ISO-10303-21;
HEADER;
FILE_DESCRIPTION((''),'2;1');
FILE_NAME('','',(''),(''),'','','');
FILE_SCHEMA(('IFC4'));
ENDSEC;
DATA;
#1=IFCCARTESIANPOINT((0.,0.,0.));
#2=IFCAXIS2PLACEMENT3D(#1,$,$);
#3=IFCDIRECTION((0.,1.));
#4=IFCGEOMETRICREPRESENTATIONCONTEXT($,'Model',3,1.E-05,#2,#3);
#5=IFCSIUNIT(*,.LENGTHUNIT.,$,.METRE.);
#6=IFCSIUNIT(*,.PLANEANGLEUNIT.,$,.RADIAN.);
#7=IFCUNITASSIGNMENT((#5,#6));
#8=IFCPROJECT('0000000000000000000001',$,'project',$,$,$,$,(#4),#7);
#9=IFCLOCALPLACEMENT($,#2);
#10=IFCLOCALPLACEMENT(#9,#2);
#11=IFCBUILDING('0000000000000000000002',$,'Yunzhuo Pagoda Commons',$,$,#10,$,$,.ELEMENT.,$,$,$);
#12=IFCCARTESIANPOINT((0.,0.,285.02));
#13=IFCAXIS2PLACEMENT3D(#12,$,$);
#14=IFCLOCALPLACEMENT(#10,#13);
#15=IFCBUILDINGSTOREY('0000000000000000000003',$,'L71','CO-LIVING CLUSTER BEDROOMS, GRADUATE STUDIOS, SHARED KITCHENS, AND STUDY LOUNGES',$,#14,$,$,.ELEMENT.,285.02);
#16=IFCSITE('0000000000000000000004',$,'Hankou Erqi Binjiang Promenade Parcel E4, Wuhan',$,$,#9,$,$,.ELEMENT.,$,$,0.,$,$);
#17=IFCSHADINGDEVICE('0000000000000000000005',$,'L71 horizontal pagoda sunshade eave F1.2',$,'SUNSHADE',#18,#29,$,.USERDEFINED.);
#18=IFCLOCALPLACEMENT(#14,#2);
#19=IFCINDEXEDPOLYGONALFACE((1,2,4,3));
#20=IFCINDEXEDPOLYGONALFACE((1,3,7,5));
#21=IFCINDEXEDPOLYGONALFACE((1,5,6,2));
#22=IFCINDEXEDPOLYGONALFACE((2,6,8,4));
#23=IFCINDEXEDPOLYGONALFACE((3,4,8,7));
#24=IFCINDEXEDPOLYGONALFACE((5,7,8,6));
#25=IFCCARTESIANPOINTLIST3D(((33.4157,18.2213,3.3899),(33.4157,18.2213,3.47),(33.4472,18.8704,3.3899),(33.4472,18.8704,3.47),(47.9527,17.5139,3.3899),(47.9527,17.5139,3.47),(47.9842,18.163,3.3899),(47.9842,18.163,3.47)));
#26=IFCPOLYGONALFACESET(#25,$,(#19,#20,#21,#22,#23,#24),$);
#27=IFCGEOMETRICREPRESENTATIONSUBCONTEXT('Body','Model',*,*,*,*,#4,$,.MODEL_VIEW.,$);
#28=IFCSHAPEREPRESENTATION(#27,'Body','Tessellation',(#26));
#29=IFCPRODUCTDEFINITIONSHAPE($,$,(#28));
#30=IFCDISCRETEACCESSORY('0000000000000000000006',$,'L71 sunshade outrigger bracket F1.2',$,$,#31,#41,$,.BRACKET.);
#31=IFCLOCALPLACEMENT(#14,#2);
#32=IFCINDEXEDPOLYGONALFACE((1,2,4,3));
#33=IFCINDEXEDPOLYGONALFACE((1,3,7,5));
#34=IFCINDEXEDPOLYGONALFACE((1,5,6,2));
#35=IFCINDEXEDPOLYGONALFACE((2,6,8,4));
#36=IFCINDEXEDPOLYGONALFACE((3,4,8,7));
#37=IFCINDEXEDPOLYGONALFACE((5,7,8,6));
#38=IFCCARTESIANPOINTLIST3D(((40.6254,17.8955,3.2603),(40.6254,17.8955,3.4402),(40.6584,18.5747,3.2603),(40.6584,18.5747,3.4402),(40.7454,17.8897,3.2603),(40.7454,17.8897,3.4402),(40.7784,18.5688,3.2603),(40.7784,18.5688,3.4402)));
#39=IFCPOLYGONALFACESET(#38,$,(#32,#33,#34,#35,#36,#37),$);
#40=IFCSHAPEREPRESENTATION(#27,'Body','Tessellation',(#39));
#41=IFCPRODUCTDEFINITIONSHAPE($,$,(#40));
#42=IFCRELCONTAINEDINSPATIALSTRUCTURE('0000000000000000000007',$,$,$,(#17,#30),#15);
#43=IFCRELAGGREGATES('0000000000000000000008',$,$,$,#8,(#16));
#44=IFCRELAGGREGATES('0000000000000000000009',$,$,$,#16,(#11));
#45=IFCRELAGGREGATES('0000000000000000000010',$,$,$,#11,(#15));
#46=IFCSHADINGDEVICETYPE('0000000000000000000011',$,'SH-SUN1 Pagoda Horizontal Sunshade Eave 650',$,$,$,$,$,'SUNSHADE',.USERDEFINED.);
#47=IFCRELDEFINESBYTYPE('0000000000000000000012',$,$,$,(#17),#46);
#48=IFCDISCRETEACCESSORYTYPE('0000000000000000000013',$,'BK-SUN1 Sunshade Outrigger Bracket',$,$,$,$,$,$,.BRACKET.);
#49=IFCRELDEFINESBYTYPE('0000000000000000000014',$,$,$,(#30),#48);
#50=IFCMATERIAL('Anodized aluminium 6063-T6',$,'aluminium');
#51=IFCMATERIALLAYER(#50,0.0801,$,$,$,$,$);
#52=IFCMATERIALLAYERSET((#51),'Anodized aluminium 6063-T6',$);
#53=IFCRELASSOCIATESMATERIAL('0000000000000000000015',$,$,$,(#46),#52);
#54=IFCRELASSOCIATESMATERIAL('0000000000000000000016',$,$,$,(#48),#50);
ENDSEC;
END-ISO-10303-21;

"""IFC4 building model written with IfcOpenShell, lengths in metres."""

from ifc_helpers import new_model, si_unit, direction, frame, origin, origin_2d, place, context, subcontext, project, spatial, rectangle, extrude, source, transform, mapped, material, layer, layer_set, type_object, element, save


model = new_model("IFC4")

# Units and contexts
model_context = context("Model", 3, precision=1e-05, world=origin(), true_north=direction((0.0, 1.0)))
body_context = subcontext(model_context, "Body", "Model", "MODEL_VIEW")
ifc_project = project(units=[si_unit("LENGTHUNIT", "METRE"), si_unit("PLANEANGLEUNIT", "RADIAN")], contexts=[model_context])

# Site, building, storey
site_placement = place(None, origin())
site = spatial("IfcSite", under=ifc_project, at=site_placement, Name="Hankou Erqi Binjiang Promenade Parcel E4, Wuhan", CompositionType="ELEMENT", RefElevation=0.0)
building_placement = place(site_placement, origin())
building = spatial("IfcBuilding", under=site, at=building_placement, Name="Yunzhuo Pagoda Commons", CompositionType="ELEMENT")
storey_placement = place(building_placement, frame((0.0, 0.0, 285.02)))
storey = spatial("IfcBuildingStorey", under=building, at=storey_placement, Name="L71", Description="CO-LIVING CLUSTER BEDROOMS, GRADUATE STUDIOS, SHARED KITCHENS, AND STUDY LOUNGES", CompositionType="ELEMENT", Elevation=285.02)

# Shared definitions
ifc_material_1 = material(Name="Anodized aluminium 6063-T6", Category="aluminium")

# Shading device
ifc_layer_1 = layer(ifc_material_1, 0.0801)
ifc_layer_set_1 = layer_set([ifc_layer_1], Name="Anodized aluminium 6063-T6")
shading_device_type = type_object("IfcShadingDeviceType", Name="SH-SUN1 Pagoda Horizontal Sunshade Eave 650", ElementType="SUNSHADE", PredefinedType="USERDEFINED", material=ifc_layer_set_1)
shared_shape_1 = source(origin(), body_context, "Body", "SweptSolid", [
    extrude(rectangle(XDim=14.5542, YDim=0.6499, at=origin_2d()), origin(), (0.0, 0.0, 1.0), 0.0801),
])
shading_device_placement = place(storey_placement, frame((40.7, 18.1921, 3.3899), z_axis=(0.0, 0.0, 1.0), x_axis=(0.998818, -0.048606, 0.0)))
element("IfcShadingDevice", 1, at=shading_device_placement, inside=storey, type_object=shading_device_type, Name="L71 horizontal pagoda sunshade eave F1.2", ObjectType="SUNSHADE", PredefinedType="USERDEFINED", context=body_context, shape_type="MappedRepresentation", body=[
    mapped(shared_shape_1, transform((0.0, 0.0, 0.0), scale=1.0)),
])

# Discrete accessory
discrete_accessory_type = type_object("IfcDiscreteAccessoryType", Name="BK-SUN1 Sunshade Outrigger Bracket", PredefinedType="BRACKET", material=ifc_material_1)
shared_shape_2 = source(origin(), body_context, "Body", "SweptSolid", [
    extrude(rectangle(XDim=0.1201, YDim=0.6799, at=origin_2d()), origin(), (0.0, 0.0, 1.0), 0.1799),
])
discrete_accessory_placement = place(storey_placement, frame((40.7019, 18.2322, 3.2603), z_axis=(0.0, 0.0, 1.0), x_axis=(0.998818, -0.048606, 0.0)))
element("IfcDiscreteAccessory", 2, at=discrete_accessory_placement, inside=storey, type_object=discrete_accessory_type, Name="L71 sunshade outrigger bracket F1.2", PredefinedType="BRACKET", context=body_context, shape_type="MappedRepresentation", body=[
    mapped(shared_shape_2, transform((0.0, 0.0, 0.0), scale=1.0)),
])

save(model, "model.ifc")
